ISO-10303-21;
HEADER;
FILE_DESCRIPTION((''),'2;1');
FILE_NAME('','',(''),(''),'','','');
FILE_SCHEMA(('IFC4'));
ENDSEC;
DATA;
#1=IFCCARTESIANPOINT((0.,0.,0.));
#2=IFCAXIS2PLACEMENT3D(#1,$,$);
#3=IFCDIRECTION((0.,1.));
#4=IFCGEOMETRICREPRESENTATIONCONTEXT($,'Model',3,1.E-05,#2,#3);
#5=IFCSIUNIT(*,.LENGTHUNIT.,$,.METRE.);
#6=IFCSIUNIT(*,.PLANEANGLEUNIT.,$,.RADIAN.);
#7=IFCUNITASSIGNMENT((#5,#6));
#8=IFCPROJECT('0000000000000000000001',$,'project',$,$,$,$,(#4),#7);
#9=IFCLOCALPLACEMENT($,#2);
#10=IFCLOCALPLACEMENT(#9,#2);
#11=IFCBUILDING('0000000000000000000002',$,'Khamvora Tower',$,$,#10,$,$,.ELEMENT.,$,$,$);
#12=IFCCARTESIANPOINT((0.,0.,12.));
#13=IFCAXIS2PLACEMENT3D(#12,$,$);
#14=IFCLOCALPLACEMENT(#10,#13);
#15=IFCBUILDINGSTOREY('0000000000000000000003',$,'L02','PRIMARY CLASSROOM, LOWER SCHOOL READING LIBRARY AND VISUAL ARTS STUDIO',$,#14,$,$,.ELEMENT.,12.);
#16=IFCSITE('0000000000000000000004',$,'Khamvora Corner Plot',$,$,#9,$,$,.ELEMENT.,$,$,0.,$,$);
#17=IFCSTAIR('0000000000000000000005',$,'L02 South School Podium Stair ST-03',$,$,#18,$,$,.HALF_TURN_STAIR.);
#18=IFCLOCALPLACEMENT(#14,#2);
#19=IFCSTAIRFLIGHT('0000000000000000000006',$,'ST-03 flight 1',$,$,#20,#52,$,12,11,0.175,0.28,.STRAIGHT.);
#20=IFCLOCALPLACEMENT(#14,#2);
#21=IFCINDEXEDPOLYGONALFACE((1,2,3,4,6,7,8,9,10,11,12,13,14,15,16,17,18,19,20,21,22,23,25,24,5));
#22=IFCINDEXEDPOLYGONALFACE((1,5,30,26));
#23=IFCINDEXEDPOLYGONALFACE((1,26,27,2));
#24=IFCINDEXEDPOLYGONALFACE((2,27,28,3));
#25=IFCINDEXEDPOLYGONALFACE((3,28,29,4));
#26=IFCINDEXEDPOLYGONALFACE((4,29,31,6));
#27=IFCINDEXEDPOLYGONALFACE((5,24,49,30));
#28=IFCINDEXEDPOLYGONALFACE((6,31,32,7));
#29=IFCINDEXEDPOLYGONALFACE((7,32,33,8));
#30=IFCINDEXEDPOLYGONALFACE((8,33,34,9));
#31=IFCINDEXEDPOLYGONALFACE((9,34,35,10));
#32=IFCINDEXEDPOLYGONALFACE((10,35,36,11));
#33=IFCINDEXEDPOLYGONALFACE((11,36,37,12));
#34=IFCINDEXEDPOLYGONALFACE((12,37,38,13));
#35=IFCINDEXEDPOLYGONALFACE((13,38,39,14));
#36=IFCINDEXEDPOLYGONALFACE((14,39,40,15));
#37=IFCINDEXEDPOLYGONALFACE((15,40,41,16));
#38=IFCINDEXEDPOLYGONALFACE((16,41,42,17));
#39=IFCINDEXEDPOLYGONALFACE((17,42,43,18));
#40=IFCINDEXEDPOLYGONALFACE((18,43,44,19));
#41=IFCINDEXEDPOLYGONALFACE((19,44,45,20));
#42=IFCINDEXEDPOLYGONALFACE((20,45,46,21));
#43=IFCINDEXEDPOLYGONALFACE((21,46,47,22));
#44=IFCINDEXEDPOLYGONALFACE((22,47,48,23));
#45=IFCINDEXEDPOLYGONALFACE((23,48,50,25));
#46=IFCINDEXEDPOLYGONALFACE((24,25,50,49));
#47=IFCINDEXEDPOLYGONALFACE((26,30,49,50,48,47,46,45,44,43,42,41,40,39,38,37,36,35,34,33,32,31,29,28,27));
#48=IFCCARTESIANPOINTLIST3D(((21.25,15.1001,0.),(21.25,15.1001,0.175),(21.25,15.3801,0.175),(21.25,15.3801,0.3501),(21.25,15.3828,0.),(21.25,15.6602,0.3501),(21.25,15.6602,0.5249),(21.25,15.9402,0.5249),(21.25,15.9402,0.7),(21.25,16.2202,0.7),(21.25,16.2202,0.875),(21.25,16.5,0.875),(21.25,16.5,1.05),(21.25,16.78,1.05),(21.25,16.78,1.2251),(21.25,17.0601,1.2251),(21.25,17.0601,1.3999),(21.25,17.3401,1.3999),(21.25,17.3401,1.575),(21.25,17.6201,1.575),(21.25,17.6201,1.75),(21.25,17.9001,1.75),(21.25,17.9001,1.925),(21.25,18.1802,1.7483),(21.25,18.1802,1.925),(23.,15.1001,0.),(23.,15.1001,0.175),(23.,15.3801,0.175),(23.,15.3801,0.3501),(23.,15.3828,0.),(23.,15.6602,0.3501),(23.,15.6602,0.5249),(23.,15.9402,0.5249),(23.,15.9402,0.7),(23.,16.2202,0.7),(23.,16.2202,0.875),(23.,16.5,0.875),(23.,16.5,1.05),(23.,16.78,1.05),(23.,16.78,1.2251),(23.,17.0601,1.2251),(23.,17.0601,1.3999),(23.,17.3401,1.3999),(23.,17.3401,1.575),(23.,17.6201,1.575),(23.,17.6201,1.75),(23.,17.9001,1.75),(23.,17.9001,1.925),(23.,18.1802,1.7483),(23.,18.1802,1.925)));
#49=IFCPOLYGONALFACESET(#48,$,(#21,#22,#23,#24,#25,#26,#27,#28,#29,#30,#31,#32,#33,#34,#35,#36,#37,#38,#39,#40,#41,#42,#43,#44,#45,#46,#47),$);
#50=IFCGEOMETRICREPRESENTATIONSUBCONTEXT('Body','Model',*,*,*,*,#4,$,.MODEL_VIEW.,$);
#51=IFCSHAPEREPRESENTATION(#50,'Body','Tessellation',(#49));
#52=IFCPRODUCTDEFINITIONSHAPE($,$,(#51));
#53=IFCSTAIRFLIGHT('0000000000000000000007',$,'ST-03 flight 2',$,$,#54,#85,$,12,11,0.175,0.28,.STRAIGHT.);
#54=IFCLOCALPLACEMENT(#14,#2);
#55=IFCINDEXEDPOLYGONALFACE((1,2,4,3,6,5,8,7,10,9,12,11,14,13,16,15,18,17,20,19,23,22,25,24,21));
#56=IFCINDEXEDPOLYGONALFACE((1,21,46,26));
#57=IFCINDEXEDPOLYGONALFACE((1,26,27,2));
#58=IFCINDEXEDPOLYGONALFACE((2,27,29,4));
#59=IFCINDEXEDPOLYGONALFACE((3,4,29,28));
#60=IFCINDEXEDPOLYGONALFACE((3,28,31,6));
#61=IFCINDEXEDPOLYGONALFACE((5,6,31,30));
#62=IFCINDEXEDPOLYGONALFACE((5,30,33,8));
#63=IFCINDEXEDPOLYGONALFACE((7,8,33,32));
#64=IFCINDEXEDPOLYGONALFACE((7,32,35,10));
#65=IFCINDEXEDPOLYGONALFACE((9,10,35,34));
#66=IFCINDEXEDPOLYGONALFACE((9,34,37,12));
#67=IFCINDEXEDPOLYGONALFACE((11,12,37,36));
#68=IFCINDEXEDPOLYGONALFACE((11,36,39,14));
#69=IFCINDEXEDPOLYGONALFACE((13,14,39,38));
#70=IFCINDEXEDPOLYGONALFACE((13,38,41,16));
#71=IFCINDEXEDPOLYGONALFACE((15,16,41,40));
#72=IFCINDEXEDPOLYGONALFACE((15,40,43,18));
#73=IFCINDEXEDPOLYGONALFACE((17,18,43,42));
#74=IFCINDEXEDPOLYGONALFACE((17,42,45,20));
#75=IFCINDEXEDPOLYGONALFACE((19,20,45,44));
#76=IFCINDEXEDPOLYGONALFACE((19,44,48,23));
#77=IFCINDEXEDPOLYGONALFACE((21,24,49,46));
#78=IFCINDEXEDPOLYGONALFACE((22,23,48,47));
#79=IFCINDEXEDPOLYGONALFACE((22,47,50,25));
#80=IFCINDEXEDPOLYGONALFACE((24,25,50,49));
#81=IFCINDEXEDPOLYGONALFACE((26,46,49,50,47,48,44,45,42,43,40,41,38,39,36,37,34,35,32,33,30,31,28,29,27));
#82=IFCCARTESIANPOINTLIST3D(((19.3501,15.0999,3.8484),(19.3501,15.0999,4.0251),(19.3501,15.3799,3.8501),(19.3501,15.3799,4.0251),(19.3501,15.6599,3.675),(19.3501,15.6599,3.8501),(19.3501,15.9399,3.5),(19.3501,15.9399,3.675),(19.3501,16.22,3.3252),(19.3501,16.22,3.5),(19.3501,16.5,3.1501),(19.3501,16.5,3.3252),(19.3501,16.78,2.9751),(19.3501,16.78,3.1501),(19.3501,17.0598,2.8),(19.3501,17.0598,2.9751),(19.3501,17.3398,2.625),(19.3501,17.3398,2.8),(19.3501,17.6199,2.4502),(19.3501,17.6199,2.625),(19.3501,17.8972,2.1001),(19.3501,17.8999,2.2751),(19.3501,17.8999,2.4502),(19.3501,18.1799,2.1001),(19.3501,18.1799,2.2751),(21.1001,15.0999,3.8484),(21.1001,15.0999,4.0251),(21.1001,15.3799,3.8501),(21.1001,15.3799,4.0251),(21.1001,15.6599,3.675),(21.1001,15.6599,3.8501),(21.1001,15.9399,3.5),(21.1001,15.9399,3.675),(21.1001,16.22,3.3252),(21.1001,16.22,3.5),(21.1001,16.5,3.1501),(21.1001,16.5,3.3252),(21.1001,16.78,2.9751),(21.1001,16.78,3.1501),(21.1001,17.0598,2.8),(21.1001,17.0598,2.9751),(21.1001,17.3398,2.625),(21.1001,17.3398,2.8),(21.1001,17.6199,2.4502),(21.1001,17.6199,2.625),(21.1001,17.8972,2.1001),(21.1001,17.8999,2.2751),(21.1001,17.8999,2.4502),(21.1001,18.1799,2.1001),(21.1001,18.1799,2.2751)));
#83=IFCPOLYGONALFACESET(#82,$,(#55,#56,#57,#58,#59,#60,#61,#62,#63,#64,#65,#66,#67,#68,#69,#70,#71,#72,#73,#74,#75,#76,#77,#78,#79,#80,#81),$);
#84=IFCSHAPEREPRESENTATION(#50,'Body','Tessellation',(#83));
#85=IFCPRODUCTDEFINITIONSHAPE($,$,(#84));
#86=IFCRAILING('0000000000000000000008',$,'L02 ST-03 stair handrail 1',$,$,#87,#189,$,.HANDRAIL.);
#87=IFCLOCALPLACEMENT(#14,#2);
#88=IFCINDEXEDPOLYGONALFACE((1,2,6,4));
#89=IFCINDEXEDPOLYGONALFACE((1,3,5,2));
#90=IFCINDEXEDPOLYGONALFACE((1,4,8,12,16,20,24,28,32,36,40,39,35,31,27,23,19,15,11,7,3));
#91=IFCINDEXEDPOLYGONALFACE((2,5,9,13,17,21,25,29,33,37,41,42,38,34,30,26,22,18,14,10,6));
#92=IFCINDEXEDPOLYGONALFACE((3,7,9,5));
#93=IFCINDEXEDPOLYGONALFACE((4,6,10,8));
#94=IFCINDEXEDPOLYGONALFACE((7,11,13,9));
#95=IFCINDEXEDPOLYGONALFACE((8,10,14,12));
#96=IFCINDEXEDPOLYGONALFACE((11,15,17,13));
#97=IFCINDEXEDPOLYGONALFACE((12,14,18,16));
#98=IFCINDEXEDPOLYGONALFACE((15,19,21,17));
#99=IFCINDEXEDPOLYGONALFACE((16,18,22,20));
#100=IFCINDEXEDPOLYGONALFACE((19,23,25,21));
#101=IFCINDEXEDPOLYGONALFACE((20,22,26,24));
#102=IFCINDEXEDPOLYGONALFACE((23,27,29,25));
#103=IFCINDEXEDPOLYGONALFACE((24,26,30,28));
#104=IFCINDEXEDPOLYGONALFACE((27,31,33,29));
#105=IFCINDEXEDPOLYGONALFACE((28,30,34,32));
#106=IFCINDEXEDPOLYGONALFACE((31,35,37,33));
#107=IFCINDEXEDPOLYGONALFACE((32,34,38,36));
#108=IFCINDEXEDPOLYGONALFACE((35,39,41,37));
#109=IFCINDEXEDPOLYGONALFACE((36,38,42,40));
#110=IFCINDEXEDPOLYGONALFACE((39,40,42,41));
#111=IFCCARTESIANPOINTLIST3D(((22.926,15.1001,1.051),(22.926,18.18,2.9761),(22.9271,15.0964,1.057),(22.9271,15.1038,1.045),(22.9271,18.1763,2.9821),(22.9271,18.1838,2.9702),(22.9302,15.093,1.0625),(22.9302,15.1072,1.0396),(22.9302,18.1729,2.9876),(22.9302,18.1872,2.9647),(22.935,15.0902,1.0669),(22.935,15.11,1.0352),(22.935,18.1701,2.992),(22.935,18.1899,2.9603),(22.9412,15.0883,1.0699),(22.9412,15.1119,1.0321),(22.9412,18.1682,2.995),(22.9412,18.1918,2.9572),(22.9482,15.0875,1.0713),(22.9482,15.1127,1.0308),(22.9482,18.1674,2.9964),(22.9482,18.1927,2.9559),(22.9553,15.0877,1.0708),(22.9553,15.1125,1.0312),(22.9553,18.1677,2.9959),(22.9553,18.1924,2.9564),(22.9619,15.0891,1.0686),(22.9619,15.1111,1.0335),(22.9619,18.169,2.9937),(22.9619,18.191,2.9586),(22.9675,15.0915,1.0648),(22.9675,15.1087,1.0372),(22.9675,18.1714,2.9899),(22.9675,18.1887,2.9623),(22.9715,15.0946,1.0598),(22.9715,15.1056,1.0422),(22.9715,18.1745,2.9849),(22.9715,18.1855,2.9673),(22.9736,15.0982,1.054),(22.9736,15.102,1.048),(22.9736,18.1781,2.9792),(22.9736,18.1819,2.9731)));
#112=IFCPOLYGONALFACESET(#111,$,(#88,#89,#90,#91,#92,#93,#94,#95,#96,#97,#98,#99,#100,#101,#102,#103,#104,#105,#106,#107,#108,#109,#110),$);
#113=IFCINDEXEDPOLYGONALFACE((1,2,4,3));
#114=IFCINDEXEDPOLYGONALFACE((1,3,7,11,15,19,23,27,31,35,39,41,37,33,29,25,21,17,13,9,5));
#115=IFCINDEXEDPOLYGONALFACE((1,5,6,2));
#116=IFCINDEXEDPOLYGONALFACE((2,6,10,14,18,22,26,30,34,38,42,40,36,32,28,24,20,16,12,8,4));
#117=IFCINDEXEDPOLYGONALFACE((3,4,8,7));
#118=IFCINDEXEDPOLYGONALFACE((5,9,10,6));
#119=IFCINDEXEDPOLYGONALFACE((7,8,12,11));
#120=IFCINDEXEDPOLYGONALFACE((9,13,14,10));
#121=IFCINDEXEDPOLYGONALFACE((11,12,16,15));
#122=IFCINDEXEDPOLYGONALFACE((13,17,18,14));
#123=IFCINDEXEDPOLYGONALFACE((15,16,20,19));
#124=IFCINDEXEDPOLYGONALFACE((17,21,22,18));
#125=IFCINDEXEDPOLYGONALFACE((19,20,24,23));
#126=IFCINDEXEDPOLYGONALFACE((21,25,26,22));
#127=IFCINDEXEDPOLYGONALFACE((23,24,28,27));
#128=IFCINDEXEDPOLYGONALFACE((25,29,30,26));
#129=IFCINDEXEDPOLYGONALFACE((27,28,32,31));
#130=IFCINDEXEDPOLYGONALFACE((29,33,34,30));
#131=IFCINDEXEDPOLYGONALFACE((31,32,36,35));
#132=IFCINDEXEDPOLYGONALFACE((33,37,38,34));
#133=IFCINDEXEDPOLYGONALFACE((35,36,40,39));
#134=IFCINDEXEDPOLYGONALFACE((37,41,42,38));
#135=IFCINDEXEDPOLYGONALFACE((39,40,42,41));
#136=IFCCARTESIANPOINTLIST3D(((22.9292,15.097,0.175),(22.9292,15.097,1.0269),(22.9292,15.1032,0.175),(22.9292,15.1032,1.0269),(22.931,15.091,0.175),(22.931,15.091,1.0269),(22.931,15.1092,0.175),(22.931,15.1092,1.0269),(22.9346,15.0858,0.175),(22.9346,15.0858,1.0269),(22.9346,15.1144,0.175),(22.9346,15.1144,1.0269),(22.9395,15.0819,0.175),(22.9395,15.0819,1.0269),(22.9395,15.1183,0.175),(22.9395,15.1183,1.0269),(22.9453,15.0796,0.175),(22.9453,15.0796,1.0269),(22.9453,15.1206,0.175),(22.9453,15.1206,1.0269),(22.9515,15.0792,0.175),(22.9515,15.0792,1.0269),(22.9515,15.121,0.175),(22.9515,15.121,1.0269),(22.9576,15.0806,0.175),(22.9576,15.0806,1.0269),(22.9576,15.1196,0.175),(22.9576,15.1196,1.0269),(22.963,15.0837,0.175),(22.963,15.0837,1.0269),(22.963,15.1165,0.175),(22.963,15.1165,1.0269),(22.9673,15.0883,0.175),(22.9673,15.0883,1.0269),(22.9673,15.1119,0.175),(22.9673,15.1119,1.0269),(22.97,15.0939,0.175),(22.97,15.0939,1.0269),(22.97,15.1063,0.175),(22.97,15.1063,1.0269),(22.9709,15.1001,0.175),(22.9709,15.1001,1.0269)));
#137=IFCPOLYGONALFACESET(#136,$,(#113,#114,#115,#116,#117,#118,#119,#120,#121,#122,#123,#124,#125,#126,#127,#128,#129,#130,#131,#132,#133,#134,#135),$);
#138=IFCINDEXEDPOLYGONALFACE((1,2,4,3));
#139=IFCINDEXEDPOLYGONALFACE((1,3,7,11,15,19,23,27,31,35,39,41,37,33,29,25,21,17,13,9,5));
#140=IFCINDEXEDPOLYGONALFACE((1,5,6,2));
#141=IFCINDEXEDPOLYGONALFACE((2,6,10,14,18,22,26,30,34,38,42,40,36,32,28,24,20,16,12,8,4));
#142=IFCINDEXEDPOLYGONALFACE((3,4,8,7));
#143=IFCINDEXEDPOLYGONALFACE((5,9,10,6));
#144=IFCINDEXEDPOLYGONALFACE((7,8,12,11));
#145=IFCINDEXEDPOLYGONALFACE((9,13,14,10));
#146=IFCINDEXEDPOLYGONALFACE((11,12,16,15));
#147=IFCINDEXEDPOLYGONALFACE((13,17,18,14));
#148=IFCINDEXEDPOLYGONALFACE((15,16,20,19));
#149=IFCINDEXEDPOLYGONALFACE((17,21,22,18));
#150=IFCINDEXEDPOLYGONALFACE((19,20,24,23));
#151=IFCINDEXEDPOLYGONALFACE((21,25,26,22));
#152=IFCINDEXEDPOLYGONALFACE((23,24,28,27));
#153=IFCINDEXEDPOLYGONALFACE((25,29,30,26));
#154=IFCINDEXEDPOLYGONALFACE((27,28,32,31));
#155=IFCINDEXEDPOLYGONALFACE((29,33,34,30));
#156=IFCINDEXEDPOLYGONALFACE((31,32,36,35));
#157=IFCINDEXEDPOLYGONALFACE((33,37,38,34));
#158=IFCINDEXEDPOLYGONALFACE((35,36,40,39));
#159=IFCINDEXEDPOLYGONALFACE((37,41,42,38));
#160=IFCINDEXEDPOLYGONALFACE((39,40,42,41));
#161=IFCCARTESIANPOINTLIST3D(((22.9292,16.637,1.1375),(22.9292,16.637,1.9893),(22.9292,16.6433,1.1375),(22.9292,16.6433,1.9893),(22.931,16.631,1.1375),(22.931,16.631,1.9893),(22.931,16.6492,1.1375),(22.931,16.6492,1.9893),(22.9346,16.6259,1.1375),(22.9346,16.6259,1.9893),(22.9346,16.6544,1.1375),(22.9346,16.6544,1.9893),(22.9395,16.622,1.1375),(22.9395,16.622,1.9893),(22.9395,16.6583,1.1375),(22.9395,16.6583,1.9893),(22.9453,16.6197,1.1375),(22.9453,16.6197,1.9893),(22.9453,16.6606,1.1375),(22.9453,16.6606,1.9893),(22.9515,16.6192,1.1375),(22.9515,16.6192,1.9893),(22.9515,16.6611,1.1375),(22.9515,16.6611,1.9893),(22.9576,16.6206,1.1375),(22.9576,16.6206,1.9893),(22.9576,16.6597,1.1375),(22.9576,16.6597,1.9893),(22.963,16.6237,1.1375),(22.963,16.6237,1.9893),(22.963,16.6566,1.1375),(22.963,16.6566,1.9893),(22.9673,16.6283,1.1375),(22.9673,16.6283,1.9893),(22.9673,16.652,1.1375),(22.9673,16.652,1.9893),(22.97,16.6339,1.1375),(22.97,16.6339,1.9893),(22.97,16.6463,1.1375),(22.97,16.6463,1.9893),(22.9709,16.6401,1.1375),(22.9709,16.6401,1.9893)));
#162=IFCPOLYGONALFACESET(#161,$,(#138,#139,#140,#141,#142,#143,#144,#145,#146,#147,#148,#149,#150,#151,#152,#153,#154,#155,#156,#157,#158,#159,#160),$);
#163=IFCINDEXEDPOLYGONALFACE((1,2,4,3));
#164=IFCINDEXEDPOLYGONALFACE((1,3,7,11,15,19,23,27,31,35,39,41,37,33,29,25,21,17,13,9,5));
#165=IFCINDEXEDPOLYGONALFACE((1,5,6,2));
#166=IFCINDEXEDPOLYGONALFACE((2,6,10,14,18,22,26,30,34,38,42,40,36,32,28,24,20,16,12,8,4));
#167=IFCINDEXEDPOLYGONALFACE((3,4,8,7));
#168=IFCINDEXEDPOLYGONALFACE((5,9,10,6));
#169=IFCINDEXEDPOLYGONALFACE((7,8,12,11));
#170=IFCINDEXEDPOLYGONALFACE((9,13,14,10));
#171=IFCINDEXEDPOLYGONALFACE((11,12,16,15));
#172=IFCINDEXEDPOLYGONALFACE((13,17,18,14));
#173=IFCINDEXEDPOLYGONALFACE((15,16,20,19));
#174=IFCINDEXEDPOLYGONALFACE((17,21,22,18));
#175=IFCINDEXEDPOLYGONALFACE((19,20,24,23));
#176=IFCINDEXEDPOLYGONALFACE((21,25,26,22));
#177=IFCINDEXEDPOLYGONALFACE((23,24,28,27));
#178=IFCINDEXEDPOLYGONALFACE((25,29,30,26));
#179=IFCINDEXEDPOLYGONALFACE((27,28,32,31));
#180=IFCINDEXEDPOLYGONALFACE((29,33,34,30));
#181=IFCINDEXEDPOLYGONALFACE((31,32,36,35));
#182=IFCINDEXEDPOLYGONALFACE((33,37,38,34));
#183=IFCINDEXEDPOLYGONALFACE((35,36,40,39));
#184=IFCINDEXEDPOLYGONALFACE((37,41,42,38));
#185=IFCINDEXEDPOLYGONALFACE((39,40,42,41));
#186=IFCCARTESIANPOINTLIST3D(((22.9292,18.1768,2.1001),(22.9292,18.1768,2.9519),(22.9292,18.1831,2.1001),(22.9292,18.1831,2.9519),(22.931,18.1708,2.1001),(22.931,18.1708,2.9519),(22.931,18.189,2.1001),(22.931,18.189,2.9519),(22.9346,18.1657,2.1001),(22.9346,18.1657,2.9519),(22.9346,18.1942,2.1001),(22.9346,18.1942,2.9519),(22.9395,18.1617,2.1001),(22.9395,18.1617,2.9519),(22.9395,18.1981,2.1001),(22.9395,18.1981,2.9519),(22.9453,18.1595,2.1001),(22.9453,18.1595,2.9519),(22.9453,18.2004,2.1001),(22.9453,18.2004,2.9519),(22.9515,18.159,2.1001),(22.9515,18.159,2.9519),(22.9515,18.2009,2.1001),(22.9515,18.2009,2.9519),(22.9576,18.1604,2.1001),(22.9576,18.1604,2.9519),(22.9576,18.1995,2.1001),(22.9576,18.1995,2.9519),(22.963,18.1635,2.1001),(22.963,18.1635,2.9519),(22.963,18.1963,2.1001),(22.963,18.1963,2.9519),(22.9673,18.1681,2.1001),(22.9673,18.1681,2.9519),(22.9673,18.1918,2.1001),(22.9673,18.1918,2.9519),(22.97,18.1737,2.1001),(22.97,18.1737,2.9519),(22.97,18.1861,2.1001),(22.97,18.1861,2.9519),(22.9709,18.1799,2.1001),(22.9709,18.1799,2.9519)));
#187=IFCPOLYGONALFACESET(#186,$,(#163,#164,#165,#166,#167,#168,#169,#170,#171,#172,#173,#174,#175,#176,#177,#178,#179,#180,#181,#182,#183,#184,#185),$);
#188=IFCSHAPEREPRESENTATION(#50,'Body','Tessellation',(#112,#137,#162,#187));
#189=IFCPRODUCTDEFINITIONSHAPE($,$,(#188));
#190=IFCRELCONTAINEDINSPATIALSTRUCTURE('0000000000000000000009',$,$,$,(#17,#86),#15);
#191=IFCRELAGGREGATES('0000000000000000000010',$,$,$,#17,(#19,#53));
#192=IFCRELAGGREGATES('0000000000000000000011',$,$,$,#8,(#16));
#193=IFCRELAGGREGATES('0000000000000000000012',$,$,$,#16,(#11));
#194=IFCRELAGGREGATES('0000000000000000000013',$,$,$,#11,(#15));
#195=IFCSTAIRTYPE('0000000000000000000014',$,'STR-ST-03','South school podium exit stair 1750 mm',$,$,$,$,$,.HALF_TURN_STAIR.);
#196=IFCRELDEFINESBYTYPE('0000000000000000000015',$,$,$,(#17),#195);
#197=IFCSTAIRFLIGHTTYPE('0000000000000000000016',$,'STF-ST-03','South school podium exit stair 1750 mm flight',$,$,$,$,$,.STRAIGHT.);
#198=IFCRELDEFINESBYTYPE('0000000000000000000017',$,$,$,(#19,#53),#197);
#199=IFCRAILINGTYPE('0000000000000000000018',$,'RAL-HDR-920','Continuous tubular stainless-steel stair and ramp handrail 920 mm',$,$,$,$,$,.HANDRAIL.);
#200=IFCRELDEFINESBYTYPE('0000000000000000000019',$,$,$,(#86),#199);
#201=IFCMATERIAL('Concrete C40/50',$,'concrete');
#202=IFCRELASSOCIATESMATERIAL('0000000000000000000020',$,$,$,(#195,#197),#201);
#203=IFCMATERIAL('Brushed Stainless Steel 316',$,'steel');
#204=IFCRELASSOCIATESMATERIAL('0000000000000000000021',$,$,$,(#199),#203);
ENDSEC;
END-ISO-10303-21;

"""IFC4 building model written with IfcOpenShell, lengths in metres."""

from ifc_helpers import new_model, si_unit, direction, frame, origin, origin_2d, place, context, subcontext, project, spatial, polyline, circle, outline, extrude, material, type_object, element, aggregate, save


model = new_model("IFC4")

# Units and contexts
model_context = context("Model", 3, precision=1e-05, world=origin(), true_north=direction((0.0, 1.0)))
body_context = subcontext(model_context, "Body", "Model", "MODEL_VIEW")
ifc_project = project(units=[si_unit("LENGTHUNIT", "METRE"), si_unit("PLANEANGLEUNIT", "RADIAN")], contexts=[model_context])

# Site, building, storey
site_placement = place(None, origin())
site = spatial("IfcSite", under=ifc_project, at=site_placement, Name="Khamvora Corner Plot", CompositionType="ELEMENT", RefElevation=0.0)
building_placement = place(site_placement, origin())
building = spatial("IfcBuilding", under=site, at=building_placement, Name="Khamvora Tower", CompositionType="ELEMENT")
storey_placement = place(building_placement, frame((0.0, 0.0, 12.0)))
storey = spatial("IfcBuildingStorey", under=building, at=storey_placement, Name="L02", Description="PRIMARY CLASSROOM, LOWER SCHOOL READING LIBRARY AND VISUAL ARTS STUDIO", CompositionType="ELEMENT", Elevation=12.0)

# Shared definitions
ifc_material_1 = material(Name="Concrete C40/50", Category="concrete")

# Stair, stair flights
stair_type = type_object("IfcStairType", Name="STR-ST-03", Description="South school podium exit stair 1750 mm", PredefinedType="HALF_TURN_STAIR", material=ifc_material_1)
stair_placement = place(storey_placement, origin())
stair = element("IfcStair", 1, at=stair_placement, inside=storey, type_object=stair_type, Name="L02 South School Podium Stair ST-03", PredefinedType="HALF_TURN_STAIR")
stair_flight_type = type_object("IfcStairFlightType", Name="STF-ST-03", Description="South school podium exit stair 1750 mm flight", PredefinedType="STRAIGHT", material=ifc_material_1)
stair_flight_1_placement = place(storey_placement, frame((22.125, 15.1001, 0.0), z_axis=(0.0, 0.0, 1.0), x_axis=(0.0, 1.0, 0.0)))
stair_flight_1 = element("IfcStairFlight", 2, at=stair_flight_1_placement, type_object=stair_flight_type, Name="ST-03 flight 1", NumberOfRisers=12, NumberOfTreads=11, PredefinedType="STRAIGHT", RiserHeight=0.175, TreadLength=0.28, context=body_context, shape_type="SweptSolid", body=[
    extrude(outline(polyline([(0.0, 0.0), (0.0, 0.175), (0.28, 0.175), (0.28, 0.3501), (0.5601, 0.3501), (0.5601, 0.5249), (0.8401, 0.5249), (0.8401, 0.7), (1.1201, 0.7), (1.1201, 0.875), (1.3999, 0.875), (1.3999, 1.05), (1.6799, 1.05), (1.6799, 1.2251), (1.96, 1.2251), (1.96, 1.3999), (2.24, 1.3999), (2.24, 1.575), (2.52, 1.575), (2.52, 1.75), (2.8, 1.75), (2.8, 1.925), (3.0801, 1.925), (3.0801, 2.1001), (3.0801, 1.7483), (0.2827, 0.0), (0.0, 0.0)])), frame((0.0, 0.875, 0.0), z_axis=(0.0, -1.0, 0.0), x_axis=(1.0, 0.0, 0.0)), (0.0, 0.0, 1.0), 1.75),
])
stair_flight_2_placement = place(storey_placement, frame((20.2251, 18.1799, 2.1001), z_axis=(0.0, 0.0, 1.0), x_axis=(0.0, -1.0, 0.0)))
stair_flight_2 = element("IfcStairFlight", 3, at=stair_flight_2_placement, type_object=stair_flight_type, Name="ST-03 flight 2", NumberOfRisers=12, NumberOfTreads=11, PredefinedType="STRAIGHT", RiserHeight=0.175, TreadLength=0.28, context=body_context, shape_type="SweptSolid", body=[
    extrude(outline(polyline([(0.0, 0.0), (0.0, 0.175), (0.28, 0.175), (0.28, 0.3501), (0.5601, 0.3501), (0.5601, 0.5249), (0.8401, 0.5249), (0.8401, 0.7), (1.1201, 0.7), (1.1201, 0.875), (1.3999, 0.875), (1.3999, 1.05), (1.6799, 1.05), (1.6799, 1.2251), (1.96, 1.2251), (1.96, 1.3999), (2.24, 1.3999), (2.24, 1.575), (2.52, 1.575), (2.52, 1.75), (2.8, 1.75), (2.8, 1.925), (3.0801, 1.925), (3.0801, 2.1001), (3.0801, 1.7483), (0.2827, 0.0), (0.0, 0.0)])), frame((0.0, 0.875, 0.0), z_axis=(0.0, -1.0, 0.0), x_axis=(1.0, 0.0, 0.0)), (0.0, 0.0, 1.0), 1.75),
])
aggregate(stair, [stair_flight_1, stair_flight_2])

# Railing
ifc_material_2 = material(Name="Brushed Stainless Steel 316", Category="steel")
railing_type_1 = type_object("IfcRailingType", Name="RAL-HDR-920", Description="Continuous tubular stainless-steel stair and ramp handrail 920 mm", PredefinedType="HANDRAIL", material=ifc_material_2)
railing_1_placement = place(storey_placement, frame((22.95, 15.1001, 0.175)))
element("IfcRailing", 4, at=railing_1_placement, inside=storey, type_object=railing_type_1, Name="L02 ST-03 stair handrail 1", PredefinedType="HANDRAIL", context=body_context, shape_type="SweptSolid", body=[
    extrude(circle(Radius=0.0239, at=origin_2d()), frame((0.0, 0.0, 0.876), z_axis=(0.0, 0.847979, 0.530029), x_axis=(-1.0, 0.0, 0.0)), (0.0, 0.0, 1.0), 3.6321),
    extrude(circle(Radius=0.021, at=origin_2d()), origin(), (0.0, 0.0, 1.0), 0.8518),
    extrude(circle(Radius=0.021, at=origin_2d()), frame((0.0, 1.54, 0.9624)), (0.0, 0.0, 1.0), 0.8518),
    extrude(circle(Radius=0.021, at=origin_2d()), frame((0.0, 3.0798, 1.925)), (0.0, 0.0, 1.0), 0.8518),
])

save(model, "model.ifc")
